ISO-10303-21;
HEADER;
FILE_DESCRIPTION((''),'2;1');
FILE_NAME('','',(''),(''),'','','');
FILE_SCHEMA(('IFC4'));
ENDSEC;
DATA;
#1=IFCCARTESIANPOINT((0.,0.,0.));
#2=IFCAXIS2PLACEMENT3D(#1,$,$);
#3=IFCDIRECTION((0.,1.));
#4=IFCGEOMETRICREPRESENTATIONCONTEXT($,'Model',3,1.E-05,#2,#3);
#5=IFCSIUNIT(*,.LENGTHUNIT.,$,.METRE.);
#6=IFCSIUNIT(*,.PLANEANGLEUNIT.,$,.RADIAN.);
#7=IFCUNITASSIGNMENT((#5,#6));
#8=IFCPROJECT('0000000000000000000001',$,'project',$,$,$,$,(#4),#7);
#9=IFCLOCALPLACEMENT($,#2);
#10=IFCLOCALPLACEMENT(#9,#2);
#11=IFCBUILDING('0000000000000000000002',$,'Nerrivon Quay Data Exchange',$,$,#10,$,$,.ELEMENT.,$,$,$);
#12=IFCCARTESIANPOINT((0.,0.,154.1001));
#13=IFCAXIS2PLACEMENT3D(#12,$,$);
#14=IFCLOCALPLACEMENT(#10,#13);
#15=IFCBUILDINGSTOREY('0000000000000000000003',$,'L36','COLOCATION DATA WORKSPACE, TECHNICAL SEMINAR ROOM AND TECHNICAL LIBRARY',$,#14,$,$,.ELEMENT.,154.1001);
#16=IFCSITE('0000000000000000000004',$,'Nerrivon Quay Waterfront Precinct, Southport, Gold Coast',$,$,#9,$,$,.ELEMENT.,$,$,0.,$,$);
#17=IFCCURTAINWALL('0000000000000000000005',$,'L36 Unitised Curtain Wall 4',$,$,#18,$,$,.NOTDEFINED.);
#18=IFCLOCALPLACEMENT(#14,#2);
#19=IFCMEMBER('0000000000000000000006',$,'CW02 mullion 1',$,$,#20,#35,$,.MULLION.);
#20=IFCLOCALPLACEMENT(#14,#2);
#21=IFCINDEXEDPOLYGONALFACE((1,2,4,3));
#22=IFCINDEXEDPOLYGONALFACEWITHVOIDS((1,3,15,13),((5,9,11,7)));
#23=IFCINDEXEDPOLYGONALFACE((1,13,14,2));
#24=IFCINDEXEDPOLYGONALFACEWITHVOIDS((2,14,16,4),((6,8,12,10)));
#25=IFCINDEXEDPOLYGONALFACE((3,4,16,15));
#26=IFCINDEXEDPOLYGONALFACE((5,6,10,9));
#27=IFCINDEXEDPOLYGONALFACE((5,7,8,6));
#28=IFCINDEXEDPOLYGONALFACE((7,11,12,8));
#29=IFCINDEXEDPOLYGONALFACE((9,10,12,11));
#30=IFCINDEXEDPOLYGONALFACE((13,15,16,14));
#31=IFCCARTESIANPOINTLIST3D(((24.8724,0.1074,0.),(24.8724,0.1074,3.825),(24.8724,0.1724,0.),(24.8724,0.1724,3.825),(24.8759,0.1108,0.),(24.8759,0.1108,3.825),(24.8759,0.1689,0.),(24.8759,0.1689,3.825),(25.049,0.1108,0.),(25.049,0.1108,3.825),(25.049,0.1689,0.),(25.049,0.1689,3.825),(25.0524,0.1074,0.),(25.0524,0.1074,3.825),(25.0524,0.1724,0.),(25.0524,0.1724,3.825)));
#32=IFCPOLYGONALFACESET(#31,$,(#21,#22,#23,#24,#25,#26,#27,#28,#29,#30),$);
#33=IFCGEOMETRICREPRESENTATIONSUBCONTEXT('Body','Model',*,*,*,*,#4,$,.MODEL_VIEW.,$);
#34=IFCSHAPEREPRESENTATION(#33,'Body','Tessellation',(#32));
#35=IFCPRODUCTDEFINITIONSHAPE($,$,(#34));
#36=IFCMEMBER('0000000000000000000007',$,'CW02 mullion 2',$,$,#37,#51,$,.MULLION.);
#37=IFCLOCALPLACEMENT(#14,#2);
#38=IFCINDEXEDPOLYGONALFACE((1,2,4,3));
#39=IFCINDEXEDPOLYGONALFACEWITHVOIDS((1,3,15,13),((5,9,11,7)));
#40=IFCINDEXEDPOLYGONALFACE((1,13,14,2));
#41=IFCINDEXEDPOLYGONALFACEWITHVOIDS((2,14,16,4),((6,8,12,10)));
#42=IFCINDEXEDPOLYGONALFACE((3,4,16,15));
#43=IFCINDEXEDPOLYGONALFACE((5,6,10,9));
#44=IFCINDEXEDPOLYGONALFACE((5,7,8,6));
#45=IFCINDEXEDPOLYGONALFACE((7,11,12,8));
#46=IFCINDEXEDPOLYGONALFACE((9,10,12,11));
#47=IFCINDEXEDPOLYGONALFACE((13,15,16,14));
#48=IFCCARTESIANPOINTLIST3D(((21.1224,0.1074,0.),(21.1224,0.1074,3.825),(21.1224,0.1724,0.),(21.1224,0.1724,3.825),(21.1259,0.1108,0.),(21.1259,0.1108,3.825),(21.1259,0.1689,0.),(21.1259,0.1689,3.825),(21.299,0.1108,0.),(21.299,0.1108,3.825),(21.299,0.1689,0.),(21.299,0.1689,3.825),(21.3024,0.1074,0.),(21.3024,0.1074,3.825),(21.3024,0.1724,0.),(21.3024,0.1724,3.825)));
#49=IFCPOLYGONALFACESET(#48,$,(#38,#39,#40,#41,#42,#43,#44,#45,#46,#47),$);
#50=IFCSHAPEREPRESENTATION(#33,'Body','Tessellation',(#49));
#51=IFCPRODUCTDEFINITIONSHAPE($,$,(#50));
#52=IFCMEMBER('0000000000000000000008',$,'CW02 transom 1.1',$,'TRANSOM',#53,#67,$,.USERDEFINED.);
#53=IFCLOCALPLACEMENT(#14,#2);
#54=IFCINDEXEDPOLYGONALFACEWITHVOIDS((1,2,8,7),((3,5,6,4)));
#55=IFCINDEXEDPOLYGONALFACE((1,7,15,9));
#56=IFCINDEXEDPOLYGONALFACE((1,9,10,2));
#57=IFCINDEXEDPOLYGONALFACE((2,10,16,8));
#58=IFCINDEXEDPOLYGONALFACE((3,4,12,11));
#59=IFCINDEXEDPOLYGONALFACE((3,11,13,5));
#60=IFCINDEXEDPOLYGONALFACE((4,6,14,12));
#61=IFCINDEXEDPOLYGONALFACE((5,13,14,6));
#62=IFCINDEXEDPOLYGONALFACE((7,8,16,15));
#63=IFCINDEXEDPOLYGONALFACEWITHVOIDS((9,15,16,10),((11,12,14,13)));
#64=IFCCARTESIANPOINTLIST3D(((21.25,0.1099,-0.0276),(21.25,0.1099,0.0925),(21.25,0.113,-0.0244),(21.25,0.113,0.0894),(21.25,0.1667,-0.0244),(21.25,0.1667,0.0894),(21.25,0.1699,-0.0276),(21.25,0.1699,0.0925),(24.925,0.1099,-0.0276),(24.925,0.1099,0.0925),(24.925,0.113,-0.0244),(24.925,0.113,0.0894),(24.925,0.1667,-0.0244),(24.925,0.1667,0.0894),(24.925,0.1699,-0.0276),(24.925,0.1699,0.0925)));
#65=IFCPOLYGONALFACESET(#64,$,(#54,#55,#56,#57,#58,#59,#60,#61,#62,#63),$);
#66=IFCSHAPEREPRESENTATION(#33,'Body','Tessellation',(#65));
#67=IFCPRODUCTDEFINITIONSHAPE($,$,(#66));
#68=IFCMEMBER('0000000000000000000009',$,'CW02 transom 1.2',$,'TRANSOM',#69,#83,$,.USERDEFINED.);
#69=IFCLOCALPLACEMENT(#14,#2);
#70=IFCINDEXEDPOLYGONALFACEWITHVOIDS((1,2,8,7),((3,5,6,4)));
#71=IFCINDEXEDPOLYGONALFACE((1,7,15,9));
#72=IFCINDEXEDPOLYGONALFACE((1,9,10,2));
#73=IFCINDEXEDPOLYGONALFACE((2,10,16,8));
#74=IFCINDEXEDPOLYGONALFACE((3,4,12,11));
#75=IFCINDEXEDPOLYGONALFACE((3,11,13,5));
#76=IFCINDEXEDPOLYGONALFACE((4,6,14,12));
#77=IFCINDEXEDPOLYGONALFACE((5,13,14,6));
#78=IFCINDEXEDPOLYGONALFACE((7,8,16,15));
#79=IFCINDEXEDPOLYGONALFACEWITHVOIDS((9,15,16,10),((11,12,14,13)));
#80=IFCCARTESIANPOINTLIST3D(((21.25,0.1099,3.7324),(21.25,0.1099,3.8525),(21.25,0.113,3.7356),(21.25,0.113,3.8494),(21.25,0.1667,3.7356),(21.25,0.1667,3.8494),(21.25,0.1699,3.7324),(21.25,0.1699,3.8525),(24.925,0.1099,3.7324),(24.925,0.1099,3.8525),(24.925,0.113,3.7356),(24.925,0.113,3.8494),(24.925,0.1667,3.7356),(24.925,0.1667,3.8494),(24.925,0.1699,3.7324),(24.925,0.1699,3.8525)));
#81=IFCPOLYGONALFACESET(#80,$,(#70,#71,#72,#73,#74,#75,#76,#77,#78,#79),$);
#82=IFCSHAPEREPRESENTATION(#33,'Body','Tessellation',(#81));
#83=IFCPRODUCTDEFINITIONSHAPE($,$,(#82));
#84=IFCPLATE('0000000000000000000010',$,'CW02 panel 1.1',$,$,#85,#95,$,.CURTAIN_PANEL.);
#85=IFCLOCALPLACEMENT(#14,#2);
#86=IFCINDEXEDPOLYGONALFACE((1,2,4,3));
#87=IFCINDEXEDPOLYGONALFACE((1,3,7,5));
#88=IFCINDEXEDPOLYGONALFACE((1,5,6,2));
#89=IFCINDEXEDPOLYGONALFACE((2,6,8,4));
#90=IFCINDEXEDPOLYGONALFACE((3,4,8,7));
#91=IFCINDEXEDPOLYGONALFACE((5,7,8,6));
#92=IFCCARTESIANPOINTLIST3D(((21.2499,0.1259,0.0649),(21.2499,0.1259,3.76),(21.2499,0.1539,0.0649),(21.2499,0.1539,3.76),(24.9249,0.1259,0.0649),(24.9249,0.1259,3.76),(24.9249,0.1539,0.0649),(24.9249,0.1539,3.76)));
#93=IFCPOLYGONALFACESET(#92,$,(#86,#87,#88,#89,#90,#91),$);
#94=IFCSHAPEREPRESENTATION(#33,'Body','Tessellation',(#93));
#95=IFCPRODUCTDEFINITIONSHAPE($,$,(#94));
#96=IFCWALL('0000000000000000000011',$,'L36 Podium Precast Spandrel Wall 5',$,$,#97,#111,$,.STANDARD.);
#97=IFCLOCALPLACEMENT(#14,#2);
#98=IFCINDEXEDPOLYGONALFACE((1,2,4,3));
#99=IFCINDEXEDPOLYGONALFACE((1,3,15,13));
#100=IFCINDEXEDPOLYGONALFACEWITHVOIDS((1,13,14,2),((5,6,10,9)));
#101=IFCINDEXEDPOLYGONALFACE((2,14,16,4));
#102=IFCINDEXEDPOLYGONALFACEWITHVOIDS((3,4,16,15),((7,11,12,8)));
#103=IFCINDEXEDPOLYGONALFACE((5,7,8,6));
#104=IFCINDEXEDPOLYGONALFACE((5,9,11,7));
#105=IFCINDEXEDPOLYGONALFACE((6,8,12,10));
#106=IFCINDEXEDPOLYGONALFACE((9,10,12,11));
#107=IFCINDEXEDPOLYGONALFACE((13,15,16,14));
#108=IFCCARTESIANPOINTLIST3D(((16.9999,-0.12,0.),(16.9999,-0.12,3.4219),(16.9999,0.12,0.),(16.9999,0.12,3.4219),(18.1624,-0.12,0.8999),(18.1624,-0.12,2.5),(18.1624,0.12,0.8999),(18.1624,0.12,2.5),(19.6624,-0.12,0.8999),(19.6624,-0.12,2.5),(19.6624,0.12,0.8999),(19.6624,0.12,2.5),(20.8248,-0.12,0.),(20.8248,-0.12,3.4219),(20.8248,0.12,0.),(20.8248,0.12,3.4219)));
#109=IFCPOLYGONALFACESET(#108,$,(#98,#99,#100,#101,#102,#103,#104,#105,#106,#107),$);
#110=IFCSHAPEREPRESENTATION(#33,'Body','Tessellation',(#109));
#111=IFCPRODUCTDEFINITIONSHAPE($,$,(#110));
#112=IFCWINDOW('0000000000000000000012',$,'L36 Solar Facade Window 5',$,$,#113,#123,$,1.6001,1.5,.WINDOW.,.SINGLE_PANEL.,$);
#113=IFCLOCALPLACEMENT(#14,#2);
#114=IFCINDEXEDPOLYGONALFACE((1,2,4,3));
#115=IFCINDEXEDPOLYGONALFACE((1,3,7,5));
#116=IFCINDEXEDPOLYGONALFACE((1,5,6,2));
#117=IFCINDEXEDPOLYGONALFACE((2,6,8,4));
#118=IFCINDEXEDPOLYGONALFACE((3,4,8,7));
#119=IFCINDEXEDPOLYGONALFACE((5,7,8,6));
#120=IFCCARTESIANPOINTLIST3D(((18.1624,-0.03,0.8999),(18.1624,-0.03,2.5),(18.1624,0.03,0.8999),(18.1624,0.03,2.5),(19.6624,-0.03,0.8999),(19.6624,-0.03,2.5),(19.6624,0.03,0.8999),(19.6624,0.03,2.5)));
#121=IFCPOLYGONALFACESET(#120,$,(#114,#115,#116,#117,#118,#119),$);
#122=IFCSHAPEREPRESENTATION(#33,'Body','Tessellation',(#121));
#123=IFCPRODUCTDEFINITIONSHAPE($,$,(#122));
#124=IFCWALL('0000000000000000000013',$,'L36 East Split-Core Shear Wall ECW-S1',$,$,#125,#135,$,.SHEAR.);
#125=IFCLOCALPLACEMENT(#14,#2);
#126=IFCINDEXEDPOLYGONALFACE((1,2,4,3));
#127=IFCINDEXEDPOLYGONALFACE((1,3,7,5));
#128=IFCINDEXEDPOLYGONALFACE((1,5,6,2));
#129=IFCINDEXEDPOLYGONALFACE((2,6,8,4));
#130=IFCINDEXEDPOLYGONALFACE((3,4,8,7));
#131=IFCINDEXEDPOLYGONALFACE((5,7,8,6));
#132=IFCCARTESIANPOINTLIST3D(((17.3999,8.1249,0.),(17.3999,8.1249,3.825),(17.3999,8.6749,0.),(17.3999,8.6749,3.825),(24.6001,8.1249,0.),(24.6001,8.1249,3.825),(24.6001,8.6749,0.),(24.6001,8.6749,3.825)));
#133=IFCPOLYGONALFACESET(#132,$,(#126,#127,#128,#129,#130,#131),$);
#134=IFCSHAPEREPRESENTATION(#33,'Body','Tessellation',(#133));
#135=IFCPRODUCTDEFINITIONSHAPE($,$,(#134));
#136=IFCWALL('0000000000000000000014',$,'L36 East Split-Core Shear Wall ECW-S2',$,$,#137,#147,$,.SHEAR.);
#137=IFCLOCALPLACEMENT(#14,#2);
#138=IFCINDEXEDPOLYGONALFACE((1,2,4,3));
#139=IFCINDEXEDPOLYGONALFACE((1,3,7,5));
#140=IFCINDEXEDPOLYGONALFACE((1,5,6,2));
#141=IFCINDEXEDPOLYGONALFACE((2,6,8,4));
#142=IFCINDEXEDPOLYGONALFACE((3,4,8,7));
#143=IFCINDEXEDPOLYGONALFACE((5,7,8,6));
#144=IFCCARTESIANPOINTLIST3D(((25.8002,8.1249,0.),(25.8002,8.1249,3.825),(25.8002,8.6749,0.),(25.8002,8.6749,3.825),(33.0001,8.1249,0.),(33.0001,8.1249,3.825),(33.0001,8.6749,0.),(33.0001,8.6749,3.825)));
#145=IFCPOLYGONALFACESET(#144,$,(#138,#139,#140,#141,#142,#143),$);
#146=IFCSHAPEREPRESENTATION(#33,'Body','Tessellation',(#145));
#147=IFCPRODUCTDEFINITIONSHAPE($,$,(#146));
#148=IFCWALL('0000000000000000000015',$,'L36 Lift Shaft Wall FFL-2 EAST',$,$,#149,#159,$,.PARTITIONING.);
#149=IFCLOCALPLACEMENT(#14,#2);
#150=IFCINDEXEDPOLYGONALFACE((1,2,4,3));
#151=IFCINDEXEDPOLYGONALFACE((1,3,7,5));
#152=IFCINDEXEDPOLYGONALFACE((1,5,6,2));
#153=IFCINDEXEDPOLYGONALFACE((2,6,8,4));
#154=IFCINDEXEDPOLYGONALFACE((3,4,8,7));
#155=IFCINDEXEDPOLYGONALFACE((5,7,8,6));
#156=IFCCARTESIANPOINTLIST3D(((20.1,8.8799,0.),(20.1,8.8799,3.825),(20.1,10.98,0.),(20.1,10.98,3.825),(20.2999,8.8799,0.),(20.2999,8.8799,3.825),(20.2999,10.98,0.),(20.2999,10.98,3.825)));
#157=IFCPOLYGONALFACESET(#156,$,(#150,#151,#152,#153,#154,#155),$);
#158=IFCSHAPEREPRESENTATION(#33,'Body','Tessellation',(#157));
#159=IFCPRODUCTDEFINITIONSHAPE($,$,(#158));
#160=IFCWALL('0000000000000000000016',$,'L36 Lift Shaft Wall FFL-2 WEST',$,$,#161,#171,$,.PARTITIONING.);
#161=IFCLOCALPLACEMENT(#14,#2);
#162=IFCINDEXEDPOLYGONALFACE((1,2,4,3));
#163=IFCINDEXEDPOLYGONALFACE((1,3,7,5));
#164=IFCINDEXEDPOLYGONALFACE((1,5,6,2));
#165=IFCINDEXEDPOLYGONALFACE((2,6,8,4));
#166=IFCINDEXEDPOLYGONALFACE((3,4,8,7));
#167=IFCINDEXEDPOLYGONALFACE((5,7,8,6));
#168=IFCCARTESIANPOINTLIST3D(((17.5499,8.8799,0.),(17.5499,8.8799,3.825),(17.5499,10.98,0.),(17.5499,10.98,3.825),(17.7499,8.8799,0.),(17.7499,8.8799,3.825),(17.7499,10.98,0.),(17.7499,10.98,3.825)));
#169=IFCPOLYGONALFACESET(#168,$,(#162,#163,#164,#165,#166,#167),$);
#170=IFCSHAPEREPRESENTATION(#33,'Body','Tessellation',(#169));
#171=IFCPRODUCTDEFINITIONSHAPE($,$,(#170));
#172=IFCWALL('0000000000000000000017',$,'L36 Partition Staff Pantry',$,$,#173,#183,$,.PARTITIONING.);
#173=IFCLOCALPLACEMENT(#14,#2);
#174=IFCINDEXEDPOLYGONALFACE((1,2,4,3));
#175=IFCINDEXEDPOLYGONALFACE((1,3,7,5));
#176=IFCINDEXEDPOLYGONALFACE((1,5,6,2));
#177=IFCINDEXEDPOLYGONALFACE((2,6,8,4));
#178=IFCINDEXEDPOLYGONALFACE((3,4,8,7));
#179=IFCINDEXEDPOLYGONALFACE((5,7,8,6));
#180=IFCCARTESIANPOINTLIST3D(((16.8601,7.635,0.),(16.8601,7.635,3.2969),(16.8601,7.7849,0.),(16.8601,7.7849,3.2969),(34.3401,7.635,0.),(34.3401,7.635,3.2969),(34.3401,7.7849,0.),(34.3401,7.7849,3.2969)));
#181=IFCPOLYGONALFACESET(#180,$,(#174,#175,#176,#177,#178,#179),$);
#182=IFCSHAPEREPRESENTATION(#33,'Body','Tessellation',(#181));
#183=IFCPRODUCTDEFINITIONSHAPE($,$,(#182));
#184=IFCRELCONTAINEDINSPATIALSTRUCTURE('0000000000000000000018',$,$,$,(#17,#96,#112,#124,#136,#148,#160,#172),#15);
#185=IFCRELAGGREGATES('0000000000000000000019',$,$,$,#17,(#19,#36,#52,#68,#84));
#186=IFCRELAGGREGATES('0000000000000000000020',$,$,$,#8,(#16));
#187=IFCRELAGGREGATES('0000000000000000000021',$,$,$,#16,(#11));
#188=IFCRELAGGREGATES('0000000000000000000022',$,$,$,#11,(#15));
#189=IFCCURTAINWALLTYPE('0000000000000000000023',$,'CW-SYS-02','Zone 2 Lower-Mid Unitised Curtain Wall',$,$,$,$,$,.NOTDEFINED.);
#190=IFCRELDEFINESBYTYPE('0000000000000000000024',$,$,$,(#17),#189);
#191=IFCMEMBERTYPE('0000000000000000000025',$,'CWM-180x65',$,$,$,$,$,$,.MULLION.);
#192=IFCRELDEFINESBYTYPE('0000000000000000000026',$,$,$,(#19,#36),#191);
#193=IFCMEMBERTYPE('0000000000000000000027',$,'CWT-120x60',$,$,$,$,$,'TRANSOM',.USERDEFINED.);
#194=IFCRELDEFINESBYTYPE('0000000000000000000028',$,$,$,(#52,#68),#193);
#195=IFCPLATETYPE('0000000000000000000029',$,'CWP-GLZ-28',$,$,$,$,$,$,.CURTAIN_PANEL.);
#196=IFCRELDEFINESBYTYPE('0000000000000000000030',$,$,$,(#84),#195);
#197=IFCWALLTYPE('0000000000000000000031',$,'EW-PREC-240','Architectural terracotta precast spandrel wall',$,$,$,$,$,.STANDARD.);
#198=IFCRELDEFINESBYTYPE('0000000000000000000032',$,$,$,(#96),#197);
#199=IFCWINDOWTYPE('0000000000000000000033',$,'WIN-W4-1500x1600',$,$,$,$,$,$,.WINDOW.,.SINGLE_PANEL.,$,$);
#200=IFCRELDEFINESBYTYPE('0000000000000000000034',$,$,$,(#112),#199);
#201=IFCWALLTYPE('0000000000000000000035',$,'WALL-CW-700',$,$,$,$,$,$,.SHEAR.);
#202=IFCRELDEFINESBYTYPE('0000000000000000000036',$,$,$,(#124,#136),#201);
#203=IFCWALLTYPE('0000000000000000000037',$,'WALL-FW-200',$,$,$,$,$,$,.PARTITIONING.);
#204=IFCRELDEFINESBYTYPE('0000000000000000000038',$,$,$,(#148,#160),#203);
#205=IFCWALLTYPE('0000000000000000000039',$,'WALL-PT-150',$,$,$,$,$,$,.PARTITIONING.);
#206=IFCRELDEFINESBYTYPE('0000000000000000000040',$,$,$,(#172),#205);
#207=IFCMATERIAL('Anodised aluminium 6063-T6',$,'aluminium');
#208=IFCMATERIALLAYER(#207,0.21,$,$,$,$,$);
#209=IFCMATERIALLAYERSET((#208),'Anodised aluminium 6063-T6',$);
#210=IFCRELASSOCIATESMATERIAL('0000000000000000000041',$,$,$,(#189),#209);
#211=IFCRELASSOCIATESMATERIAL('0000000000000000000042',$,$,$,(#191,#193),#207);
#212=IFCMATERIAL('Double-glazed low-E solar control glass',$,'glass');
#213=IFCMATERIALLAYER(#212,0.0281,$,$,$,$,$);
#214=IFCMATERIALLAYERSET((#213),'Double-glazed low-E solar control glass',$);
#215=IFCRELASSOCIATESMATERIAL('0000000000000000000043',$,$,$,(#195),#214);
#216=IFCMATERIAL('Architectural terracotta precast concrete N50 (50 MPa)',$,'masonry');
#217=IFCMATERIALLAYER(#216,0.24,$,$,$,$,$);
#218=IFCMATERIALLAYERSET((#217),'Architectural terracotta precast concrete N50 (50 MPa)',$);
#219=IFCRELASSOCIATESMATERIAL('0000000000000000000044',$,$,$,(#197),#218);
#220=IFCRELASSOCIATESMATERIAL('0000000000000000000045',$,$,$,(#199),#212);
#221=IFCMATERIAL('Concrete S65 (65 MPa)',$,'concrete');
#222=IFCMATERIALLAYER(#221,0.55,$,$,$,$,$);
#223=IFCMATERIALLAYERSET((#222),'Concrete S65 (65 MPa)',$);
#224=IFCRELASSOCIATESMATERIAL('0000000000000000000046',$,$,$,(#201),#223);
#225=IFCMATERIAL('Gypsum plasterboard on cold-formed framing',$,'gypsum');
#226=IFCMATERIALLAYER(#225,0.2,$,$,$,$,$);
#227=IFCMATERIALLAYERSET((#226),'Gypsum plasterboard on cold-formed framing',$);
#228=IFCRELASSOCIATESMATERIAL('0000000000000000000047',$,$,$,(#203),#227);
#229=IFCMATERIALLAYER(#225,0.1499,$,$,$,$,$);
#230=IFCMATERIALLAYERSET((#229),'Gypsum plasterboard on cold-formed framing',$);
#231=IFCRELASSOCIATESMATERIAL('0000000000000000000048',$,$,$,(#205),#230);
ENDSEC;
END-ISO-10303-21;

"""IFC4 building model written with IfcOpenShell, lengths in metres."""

from ifc_helpers import new_model, si_unit, direction, frame, frame_2d, origin, origin_2d, place, context, subcontext, project, spatial, rectangle, hollow_rectangle, extrude, material, layer, layer_set, material_profile, profile_set, type_object, element, fill, aggregate, save


model = new_model("IFC4")

# Units and contexts
model_context = context("Model", 3, precision=1e-05, world=origin(), true_north=direction((0.0, 1.0)))
body_context = subcontext(model_context, "Body", "Model", "MODEL_VIEW")
ifc_project = project(units=[si_unit("LENGTHUNIT", "METRE"), si_unit("PLANEANGLEUNIT", "RADIAN")], contexts=[model_context])

# Site, building, storey
site_placement = place(None, origin())
site = spatial("IfcSite", under=ifc_project, at=site_placement, Name="Nerrivon Quay Waterfront Precinct, Southport, Gold Coast", CompositionType="ELEMENT", RefElevation=0.0)
building_placement = place(site_placement, origin())
building = spatial("IfcBuilding", under=site, at=building_placement, Name="Nerrivon Quay Data Exchange", CompositionType="ELEMENT")
storey_placement = place(building_placement, frame((0.0, 0.0, 154.1001)))
storey = spatial("IfcBuildingStorey", under=building, at=storey_placement, Name="L36", Description="COLOCATION DATA WORKSPACE, TECHNICAL SEMINAR ROOM AND TECHNICAL LIBRARY", CompositionType="ELEMENT", Elevation=154.1001)

# Shared definitions
ifc_material_1 = material(Name="Concrete S65 (65 MPa)", Category="concrete")

# Curtain wall, members, plate
ifc_material_2 = material(Name="Anodised aluminium 6063-T6", Category="aluminium")
ifc_layer_1 = layer(ifc_material_2, 0.21)
ifc_layer_set_1 = layer_set([ifc_layer_1], Name="Anodised aluminium 6063-T6")
curtain_wall_type = type_object("IfcCurtainWallType", Name="CW-SYS-02", Description="Zone 2 Lower-Mid Unitised Curtain Wall", PredefinedType="NOTDEFINED", material=ifc_layer_set_1)
curtain_wall_placement = place(storey_placement, origin())
curtain_wall = element("IfcCurtainWall", 1, at=curtain_wall_placement, inside=storey, type_object=curtain_wall_type, Name="L36 Unitised Curtain Wall 4", PredefinedType="NOTDEFINED")
ifc_material_profile_1 = material_profile(ifc_material_2, hollow_rectangle(XDim=0.0649, YDim=0.1799, WallThickness=0.0034, at=origin_2d()), Name="ALU-MULL-180x65")
ifc_profile_set_1 = profile_set([ifc_material_profile_1], Name="Anodised aluminium 6063-T6")
member_type_1 = type_object("IfcMemberType", Name="CWM-180x65", PredefinedType="MULLION", material=ifc_profile_set_1)
member_1_placement = place(storey_placement, frame((24.9624, 0.1399, 0.0), z_axis=(0.0, 0.0, 1.0), x_axis=(0.0, -1.0, 0.0)))
member_1 = element("IfcMember", 2, at=member_1_placement, type_object=member_type_1, Name="CW02 mullion 1", PredefinedType="MULLION", context=body_context, shape_type="SweptSolid", body=[
    extrude(hollow_rectangle(XDim=0.0649, YDim=0.1799, WallThickness=0.0034, at=origin_2d()), origin(), (0.0, 0.0, 1.0), 3.825),
])
member_2_placement = place(storey_placement, frame((21.2124, 0.1399, 0.0), z_axis=(0.0, 0.0, 1.0), x_axis=(0.0, -1.0, 0.0)))
member_2 = element("IfcMember", 3, at=member_2_placement, type_object=member_type_1, Name="CW02 mullion 2", PredefinedType="MULLION", context=body_context, shape_type="SweptSolid", body=[
    extrude(hollow_rectangle(XDim=0.0649, YDim=0.1799, WallThickness=0.0034, at=origin_2d()), origin(), (0.0, 0.0, 1.0), 3.825),
])
ifc_material_profile_2 = material_profile(ifc_material_2, hollow_rectangle(XDim=0.0601, YDim=0.1201, WallThickness=0.0032, at=origin_2d()), Name="ALU-TRAN-120x60")
ifc_profile_set_2 = profile_set([ifc_material_profile_2], Name="Anodised aluminium 6063-T6")
member_type_2 = type_object("IfcMemberType", Name="CWT-120x60", ElementType="TRANSOM", PredefinedType="USERDEFINED", material=ifc_profile_set_2)
member_3_placement = place(storey_placement, frame((24.925, 0.1399, 0.0325), z_axis=(-1.0, 0.0, 0.0), x_axis=(0.0, -1.0, 0.0)))
member_3 = element("IfcMember", 4, at=member_3_placement, type_object=member_type_2, Name="CW02 transom 1.1", ObjectType="TRANSOM", PredefinedType="USERDEFINED", context=body_context, shape_type="SweptSolid", body=[
    extrude(hollow_rectangle(XDim=0.0601, YDim=0.1201, WallThickness=0.0032, at=origin_2d()), origin(), (0.0, 0.0, 1.0), 3.675),
])
member_4_placement = place(storey_placement, frame((24.925, 0.1399, 3.7925), z_axis=(-1.0, 0.0, 0.0), x_axis=(0.0, -1.0, 0.0)))
member_4 = element("IfcMember", 5, at=member_4_placement, type_object=member_type_2, Name="CW02 transom 1.2", ObjectType="TRANSOM", PredefinedType="USERDEFINED", context=body_context, shape_type="SweptSolid", body=[
    extrude(hollow_rectangle(XDim=0.0601, YDim=0.1201, WallThickness=0.0032, at=origin_2d()), origin(), (0.0, 0.0, 1.0), 3.675),
])
ifc_material_3 = material(Name="Double-glazed low-E solar control glass", Category="glass")
ifc_layer_2 = layer(ifc_material_3, 0.0281)
ifc_layer_set_2 = layer_set([ifc_layer_2], Name="Double-glazed low-E solar control glass")
plate_type = type_object("IfcPlateType", Name="CWP-GLZ-28", PredefinedType="CURTAIN_PANEL", material=ifc_layer_set_2)
plate_placement = place(storey_placement, frame((23.0874, 0.1399, 0.0649), z_axis=(0.0, 0.0, 1.0), x_axis=(-1.0, 0.0, 0.0)))
plate = element("IfcPlate", 6, at=plate_placement, type_object=plate_type, Name="CW02 panel 1.1", PredefinedType="CURTAIN_PANEL", context=body_context, shape_type="SweptSolid", body=[
    extrude(rectangle(XDim=3.675, YDim=0.0281, at=origin_2d()), origin(), (0.0, 0.0, 1.0), 3.6951),
])
aggregate(curtain_wall, [member_1, member_2, member_3, member_4, plate])

# Wall, opening, window
ifc_material_4 = material(Name="Architectural terracotta precast concrete N50 (50 MPa)", Category="masonry")
ifc_layer_3 = layer(ifc_material_4, 0.24)
ifc_layer_set_3 = layer_set([ifc_layer_3], Name="Architectural terracotta precast concrete N50 (50 MPa)")
wall_type_1 = type_object("IfcWallType", Name="EW-PREC-240", Description="Architectural terracotta precast spandrel wall", PredefinedType="STANDARD", material=ifc_layer_set_3)
wall_1_placement = place(storey_placement, frame((20.825, 0.0, 0.0), z_axis=(0.0, 0.0, 1.0), x_axis=(-1.0, 0.0, 0.0)))
wall_1 = element("IfcWall", 7, at=wall_1_placement, inside=storey, type_object=wall_type_1, Name="L36 Podium Precast Spandrel Wall 5", PredefinedType="STANDARD", context=body_context, shape_type="SweptSolid", body=[
    extrude(rectangle(XDim=3.825, YDim=0.24, at=frame_2d((1.9126, 0.0))), origin(), (0.0, 0.0, 1.0), 3.4219),
])
opening_1_placement = place(wall_1_placement, frame((1.1626, 0.0, 0.8999)))
opening_1 = element("IfcOpeningElement", 8, at=opening_1_placement, cuts=wall_1, PredefinedType="OPENING", context=body_context, shape_type="SweptSolid", body=[
    extrude(rectangle(XDim=1.5, YDim=1.6001, at=frame_2d((0.75, 0.8))), frame((0.0, 0.1299, 0.0), z_axis=(0.0, -1.0, 0.0), x_axis=(1.0, 0.0, 0.0)), (0.0, 0.0, 1.0), 0.26),
])
window_type = type_object("IfcWindowType", Name="WIN-W4-1500x1600", PartitioningType="SINGLE_PANEL", PredefinedType="WINDOW", material=ifc_material_3)
window_placement = place(opening_1_placement, origin())
window = element("IfcWindow", 9, at=window_placement, inside=storey, type_object=window_type, Name="L36 Solar Facade Window 5", OverallHeight=1.6001, OverallWidth=1.5, PartitioningType="SINGLE_PANEL", PredefinedType="WINDOW", context=body_context, shape_type="SweptSolid", body=[
    extrude(rectangle(XDim=1.5, YDim=1.6001, at=frame_2d((0.75, 0.8))), frame((0.0, 0.03, 0.0), z_axis=(0.0, -1.0, 0.0), x_axis=(1.0, 0.0, 0.0)), (0.0, 0.0, 1.0), 0.0601),
])
fill(opening_1, window)

# Walls
ifc_layer_4 = layer(ifc_material_1, 0.55)
ifc_layer_set_4 = layer_set([ifc_layer_4], Name="Concrete S65 (65 MPa)")
wall_type_2 = type_object("IfcWallType", Name="WALL-CW-700", PredefinedType="SHEAR", material=ifc_layer_set_4)
wall_2_placement = place(storey_placement, frame((17.3999, 8.3999, 0.0), z_axis=(0.0, 0.0, 1.0), x_axis=(1.0, 0.0, 0.0)))
element("IfcWall", 10, at=wall_2_placement, inside=storey, type_object=wall_type_2, Name="L36 East Split-Core Shear Wall ECW-S1", PredefinedType="SHEAR", context=body_context, shape_type="SweptSolid", body=[
    extrude(rectangle(XDim=7.2002, YDim=0.55, at=frame_2d((3.6001, 0.0))), origin(), (0.0, 0.0, 1.0), 3.825),
])
wall_3_placement = place(storey_placement, frame((25.8, 8.3999, 0.0), z_axis=(0.0, 0.0, 1.0), x_axis=(1.0, 0.0, 0.0)))
element("IfcWall", 11, at=wall_3_placement, inside=storey, type_object=wall_type_2, Name="L36 East Split-Core Shear Wall ECW-S2", PredefinedType="SHEAR", context=body_context, shape_type="SweptSolid", body=[
    extrude(rectangle(XDim=7.2, YDim=0.55, at=frame_2d((3.6001, 0.0))), origin(), (0.0, 0.0, 1.0), 3.825),
])

# Walls
ifc_material_5 = material(Name="Gypsum plasterboard on cold-formed framing", Category="gypsum")
ifc_layer_5 = layer(ifc_material_5, 0.2)
ifc_layer_set_5 = layer_set([ifc_layer_5], Name="Gypsum plasterboard on cold-formed framing")
wall_type_3 = type_object("IfcWallType", Name="WALL-FW-200", PredefinedType="PARTITIONING", material=ifc_layer_set_5)
for number, where, z_axis, x_axis, name in (
    (12, (20.2, 8.8799, 0.0), (0.0, 0.0, 1.0), (0.0, 1.0, 0.0), "L36 Lift Shaft Wall FFL-2 EAST"),
    (13, (17.6499, 8.8799, 0.0), (0.0, 0.0, 1.0), (0.0, 1.0, 0.0), "L36 Lift Shaft Wall FFL-2 WEST"),
):
    element("IfcWall", number, at=place(storey_placement, frame(where, z_axis=z_axis, x_axis=x_axis)), inside=storey, type_object=wall_type_3, Name=name, PredefinedType="PARTITIONING", context=body_context, shape_type="SweptSolid", body=[
        extrude(rectangle(XDim=2.1001, YDim=0.2, at=frame_2d((1.05, 0.0))), origin(), (0.0, 0.0, 1.0), 3.825),
    ])
ifc_layer_6 = layer(ifc_material_5, 0.1499)
ifc_layer_set_6 = layer_set([ifc_layer_6], Name="Gypsum plasterboard on cold-formed framing")
wall_type_4 = type_object("IfcWallType", Name="WALL-PT-150", PredefinedType="PARTITIONING", material=ifc_layer_set_6)
wall_4_placement = place(storey_placement, frame((16.8601, 7.71, 0.0), z_axis=(0.0, 0.0, 1.0), x_axis=(1.0, 0.0, 0.0)))
element("IfcWall", 14, at=wall_4_placement, inside=storey, type_object=wall_type_4, Name="L36 Partition Staff Pantry", PredefinedType="PARTITIONING", context=body_context, shape_type="SweptSolid", body=[
    extrude(rectangle(XDim=17.48, YDim=0.1499, at=frame_2d((8.74, 0.0))), origin(), (0.0, 0.0, 1.0), 3.2969),
])

save(model, "model.ifc")
